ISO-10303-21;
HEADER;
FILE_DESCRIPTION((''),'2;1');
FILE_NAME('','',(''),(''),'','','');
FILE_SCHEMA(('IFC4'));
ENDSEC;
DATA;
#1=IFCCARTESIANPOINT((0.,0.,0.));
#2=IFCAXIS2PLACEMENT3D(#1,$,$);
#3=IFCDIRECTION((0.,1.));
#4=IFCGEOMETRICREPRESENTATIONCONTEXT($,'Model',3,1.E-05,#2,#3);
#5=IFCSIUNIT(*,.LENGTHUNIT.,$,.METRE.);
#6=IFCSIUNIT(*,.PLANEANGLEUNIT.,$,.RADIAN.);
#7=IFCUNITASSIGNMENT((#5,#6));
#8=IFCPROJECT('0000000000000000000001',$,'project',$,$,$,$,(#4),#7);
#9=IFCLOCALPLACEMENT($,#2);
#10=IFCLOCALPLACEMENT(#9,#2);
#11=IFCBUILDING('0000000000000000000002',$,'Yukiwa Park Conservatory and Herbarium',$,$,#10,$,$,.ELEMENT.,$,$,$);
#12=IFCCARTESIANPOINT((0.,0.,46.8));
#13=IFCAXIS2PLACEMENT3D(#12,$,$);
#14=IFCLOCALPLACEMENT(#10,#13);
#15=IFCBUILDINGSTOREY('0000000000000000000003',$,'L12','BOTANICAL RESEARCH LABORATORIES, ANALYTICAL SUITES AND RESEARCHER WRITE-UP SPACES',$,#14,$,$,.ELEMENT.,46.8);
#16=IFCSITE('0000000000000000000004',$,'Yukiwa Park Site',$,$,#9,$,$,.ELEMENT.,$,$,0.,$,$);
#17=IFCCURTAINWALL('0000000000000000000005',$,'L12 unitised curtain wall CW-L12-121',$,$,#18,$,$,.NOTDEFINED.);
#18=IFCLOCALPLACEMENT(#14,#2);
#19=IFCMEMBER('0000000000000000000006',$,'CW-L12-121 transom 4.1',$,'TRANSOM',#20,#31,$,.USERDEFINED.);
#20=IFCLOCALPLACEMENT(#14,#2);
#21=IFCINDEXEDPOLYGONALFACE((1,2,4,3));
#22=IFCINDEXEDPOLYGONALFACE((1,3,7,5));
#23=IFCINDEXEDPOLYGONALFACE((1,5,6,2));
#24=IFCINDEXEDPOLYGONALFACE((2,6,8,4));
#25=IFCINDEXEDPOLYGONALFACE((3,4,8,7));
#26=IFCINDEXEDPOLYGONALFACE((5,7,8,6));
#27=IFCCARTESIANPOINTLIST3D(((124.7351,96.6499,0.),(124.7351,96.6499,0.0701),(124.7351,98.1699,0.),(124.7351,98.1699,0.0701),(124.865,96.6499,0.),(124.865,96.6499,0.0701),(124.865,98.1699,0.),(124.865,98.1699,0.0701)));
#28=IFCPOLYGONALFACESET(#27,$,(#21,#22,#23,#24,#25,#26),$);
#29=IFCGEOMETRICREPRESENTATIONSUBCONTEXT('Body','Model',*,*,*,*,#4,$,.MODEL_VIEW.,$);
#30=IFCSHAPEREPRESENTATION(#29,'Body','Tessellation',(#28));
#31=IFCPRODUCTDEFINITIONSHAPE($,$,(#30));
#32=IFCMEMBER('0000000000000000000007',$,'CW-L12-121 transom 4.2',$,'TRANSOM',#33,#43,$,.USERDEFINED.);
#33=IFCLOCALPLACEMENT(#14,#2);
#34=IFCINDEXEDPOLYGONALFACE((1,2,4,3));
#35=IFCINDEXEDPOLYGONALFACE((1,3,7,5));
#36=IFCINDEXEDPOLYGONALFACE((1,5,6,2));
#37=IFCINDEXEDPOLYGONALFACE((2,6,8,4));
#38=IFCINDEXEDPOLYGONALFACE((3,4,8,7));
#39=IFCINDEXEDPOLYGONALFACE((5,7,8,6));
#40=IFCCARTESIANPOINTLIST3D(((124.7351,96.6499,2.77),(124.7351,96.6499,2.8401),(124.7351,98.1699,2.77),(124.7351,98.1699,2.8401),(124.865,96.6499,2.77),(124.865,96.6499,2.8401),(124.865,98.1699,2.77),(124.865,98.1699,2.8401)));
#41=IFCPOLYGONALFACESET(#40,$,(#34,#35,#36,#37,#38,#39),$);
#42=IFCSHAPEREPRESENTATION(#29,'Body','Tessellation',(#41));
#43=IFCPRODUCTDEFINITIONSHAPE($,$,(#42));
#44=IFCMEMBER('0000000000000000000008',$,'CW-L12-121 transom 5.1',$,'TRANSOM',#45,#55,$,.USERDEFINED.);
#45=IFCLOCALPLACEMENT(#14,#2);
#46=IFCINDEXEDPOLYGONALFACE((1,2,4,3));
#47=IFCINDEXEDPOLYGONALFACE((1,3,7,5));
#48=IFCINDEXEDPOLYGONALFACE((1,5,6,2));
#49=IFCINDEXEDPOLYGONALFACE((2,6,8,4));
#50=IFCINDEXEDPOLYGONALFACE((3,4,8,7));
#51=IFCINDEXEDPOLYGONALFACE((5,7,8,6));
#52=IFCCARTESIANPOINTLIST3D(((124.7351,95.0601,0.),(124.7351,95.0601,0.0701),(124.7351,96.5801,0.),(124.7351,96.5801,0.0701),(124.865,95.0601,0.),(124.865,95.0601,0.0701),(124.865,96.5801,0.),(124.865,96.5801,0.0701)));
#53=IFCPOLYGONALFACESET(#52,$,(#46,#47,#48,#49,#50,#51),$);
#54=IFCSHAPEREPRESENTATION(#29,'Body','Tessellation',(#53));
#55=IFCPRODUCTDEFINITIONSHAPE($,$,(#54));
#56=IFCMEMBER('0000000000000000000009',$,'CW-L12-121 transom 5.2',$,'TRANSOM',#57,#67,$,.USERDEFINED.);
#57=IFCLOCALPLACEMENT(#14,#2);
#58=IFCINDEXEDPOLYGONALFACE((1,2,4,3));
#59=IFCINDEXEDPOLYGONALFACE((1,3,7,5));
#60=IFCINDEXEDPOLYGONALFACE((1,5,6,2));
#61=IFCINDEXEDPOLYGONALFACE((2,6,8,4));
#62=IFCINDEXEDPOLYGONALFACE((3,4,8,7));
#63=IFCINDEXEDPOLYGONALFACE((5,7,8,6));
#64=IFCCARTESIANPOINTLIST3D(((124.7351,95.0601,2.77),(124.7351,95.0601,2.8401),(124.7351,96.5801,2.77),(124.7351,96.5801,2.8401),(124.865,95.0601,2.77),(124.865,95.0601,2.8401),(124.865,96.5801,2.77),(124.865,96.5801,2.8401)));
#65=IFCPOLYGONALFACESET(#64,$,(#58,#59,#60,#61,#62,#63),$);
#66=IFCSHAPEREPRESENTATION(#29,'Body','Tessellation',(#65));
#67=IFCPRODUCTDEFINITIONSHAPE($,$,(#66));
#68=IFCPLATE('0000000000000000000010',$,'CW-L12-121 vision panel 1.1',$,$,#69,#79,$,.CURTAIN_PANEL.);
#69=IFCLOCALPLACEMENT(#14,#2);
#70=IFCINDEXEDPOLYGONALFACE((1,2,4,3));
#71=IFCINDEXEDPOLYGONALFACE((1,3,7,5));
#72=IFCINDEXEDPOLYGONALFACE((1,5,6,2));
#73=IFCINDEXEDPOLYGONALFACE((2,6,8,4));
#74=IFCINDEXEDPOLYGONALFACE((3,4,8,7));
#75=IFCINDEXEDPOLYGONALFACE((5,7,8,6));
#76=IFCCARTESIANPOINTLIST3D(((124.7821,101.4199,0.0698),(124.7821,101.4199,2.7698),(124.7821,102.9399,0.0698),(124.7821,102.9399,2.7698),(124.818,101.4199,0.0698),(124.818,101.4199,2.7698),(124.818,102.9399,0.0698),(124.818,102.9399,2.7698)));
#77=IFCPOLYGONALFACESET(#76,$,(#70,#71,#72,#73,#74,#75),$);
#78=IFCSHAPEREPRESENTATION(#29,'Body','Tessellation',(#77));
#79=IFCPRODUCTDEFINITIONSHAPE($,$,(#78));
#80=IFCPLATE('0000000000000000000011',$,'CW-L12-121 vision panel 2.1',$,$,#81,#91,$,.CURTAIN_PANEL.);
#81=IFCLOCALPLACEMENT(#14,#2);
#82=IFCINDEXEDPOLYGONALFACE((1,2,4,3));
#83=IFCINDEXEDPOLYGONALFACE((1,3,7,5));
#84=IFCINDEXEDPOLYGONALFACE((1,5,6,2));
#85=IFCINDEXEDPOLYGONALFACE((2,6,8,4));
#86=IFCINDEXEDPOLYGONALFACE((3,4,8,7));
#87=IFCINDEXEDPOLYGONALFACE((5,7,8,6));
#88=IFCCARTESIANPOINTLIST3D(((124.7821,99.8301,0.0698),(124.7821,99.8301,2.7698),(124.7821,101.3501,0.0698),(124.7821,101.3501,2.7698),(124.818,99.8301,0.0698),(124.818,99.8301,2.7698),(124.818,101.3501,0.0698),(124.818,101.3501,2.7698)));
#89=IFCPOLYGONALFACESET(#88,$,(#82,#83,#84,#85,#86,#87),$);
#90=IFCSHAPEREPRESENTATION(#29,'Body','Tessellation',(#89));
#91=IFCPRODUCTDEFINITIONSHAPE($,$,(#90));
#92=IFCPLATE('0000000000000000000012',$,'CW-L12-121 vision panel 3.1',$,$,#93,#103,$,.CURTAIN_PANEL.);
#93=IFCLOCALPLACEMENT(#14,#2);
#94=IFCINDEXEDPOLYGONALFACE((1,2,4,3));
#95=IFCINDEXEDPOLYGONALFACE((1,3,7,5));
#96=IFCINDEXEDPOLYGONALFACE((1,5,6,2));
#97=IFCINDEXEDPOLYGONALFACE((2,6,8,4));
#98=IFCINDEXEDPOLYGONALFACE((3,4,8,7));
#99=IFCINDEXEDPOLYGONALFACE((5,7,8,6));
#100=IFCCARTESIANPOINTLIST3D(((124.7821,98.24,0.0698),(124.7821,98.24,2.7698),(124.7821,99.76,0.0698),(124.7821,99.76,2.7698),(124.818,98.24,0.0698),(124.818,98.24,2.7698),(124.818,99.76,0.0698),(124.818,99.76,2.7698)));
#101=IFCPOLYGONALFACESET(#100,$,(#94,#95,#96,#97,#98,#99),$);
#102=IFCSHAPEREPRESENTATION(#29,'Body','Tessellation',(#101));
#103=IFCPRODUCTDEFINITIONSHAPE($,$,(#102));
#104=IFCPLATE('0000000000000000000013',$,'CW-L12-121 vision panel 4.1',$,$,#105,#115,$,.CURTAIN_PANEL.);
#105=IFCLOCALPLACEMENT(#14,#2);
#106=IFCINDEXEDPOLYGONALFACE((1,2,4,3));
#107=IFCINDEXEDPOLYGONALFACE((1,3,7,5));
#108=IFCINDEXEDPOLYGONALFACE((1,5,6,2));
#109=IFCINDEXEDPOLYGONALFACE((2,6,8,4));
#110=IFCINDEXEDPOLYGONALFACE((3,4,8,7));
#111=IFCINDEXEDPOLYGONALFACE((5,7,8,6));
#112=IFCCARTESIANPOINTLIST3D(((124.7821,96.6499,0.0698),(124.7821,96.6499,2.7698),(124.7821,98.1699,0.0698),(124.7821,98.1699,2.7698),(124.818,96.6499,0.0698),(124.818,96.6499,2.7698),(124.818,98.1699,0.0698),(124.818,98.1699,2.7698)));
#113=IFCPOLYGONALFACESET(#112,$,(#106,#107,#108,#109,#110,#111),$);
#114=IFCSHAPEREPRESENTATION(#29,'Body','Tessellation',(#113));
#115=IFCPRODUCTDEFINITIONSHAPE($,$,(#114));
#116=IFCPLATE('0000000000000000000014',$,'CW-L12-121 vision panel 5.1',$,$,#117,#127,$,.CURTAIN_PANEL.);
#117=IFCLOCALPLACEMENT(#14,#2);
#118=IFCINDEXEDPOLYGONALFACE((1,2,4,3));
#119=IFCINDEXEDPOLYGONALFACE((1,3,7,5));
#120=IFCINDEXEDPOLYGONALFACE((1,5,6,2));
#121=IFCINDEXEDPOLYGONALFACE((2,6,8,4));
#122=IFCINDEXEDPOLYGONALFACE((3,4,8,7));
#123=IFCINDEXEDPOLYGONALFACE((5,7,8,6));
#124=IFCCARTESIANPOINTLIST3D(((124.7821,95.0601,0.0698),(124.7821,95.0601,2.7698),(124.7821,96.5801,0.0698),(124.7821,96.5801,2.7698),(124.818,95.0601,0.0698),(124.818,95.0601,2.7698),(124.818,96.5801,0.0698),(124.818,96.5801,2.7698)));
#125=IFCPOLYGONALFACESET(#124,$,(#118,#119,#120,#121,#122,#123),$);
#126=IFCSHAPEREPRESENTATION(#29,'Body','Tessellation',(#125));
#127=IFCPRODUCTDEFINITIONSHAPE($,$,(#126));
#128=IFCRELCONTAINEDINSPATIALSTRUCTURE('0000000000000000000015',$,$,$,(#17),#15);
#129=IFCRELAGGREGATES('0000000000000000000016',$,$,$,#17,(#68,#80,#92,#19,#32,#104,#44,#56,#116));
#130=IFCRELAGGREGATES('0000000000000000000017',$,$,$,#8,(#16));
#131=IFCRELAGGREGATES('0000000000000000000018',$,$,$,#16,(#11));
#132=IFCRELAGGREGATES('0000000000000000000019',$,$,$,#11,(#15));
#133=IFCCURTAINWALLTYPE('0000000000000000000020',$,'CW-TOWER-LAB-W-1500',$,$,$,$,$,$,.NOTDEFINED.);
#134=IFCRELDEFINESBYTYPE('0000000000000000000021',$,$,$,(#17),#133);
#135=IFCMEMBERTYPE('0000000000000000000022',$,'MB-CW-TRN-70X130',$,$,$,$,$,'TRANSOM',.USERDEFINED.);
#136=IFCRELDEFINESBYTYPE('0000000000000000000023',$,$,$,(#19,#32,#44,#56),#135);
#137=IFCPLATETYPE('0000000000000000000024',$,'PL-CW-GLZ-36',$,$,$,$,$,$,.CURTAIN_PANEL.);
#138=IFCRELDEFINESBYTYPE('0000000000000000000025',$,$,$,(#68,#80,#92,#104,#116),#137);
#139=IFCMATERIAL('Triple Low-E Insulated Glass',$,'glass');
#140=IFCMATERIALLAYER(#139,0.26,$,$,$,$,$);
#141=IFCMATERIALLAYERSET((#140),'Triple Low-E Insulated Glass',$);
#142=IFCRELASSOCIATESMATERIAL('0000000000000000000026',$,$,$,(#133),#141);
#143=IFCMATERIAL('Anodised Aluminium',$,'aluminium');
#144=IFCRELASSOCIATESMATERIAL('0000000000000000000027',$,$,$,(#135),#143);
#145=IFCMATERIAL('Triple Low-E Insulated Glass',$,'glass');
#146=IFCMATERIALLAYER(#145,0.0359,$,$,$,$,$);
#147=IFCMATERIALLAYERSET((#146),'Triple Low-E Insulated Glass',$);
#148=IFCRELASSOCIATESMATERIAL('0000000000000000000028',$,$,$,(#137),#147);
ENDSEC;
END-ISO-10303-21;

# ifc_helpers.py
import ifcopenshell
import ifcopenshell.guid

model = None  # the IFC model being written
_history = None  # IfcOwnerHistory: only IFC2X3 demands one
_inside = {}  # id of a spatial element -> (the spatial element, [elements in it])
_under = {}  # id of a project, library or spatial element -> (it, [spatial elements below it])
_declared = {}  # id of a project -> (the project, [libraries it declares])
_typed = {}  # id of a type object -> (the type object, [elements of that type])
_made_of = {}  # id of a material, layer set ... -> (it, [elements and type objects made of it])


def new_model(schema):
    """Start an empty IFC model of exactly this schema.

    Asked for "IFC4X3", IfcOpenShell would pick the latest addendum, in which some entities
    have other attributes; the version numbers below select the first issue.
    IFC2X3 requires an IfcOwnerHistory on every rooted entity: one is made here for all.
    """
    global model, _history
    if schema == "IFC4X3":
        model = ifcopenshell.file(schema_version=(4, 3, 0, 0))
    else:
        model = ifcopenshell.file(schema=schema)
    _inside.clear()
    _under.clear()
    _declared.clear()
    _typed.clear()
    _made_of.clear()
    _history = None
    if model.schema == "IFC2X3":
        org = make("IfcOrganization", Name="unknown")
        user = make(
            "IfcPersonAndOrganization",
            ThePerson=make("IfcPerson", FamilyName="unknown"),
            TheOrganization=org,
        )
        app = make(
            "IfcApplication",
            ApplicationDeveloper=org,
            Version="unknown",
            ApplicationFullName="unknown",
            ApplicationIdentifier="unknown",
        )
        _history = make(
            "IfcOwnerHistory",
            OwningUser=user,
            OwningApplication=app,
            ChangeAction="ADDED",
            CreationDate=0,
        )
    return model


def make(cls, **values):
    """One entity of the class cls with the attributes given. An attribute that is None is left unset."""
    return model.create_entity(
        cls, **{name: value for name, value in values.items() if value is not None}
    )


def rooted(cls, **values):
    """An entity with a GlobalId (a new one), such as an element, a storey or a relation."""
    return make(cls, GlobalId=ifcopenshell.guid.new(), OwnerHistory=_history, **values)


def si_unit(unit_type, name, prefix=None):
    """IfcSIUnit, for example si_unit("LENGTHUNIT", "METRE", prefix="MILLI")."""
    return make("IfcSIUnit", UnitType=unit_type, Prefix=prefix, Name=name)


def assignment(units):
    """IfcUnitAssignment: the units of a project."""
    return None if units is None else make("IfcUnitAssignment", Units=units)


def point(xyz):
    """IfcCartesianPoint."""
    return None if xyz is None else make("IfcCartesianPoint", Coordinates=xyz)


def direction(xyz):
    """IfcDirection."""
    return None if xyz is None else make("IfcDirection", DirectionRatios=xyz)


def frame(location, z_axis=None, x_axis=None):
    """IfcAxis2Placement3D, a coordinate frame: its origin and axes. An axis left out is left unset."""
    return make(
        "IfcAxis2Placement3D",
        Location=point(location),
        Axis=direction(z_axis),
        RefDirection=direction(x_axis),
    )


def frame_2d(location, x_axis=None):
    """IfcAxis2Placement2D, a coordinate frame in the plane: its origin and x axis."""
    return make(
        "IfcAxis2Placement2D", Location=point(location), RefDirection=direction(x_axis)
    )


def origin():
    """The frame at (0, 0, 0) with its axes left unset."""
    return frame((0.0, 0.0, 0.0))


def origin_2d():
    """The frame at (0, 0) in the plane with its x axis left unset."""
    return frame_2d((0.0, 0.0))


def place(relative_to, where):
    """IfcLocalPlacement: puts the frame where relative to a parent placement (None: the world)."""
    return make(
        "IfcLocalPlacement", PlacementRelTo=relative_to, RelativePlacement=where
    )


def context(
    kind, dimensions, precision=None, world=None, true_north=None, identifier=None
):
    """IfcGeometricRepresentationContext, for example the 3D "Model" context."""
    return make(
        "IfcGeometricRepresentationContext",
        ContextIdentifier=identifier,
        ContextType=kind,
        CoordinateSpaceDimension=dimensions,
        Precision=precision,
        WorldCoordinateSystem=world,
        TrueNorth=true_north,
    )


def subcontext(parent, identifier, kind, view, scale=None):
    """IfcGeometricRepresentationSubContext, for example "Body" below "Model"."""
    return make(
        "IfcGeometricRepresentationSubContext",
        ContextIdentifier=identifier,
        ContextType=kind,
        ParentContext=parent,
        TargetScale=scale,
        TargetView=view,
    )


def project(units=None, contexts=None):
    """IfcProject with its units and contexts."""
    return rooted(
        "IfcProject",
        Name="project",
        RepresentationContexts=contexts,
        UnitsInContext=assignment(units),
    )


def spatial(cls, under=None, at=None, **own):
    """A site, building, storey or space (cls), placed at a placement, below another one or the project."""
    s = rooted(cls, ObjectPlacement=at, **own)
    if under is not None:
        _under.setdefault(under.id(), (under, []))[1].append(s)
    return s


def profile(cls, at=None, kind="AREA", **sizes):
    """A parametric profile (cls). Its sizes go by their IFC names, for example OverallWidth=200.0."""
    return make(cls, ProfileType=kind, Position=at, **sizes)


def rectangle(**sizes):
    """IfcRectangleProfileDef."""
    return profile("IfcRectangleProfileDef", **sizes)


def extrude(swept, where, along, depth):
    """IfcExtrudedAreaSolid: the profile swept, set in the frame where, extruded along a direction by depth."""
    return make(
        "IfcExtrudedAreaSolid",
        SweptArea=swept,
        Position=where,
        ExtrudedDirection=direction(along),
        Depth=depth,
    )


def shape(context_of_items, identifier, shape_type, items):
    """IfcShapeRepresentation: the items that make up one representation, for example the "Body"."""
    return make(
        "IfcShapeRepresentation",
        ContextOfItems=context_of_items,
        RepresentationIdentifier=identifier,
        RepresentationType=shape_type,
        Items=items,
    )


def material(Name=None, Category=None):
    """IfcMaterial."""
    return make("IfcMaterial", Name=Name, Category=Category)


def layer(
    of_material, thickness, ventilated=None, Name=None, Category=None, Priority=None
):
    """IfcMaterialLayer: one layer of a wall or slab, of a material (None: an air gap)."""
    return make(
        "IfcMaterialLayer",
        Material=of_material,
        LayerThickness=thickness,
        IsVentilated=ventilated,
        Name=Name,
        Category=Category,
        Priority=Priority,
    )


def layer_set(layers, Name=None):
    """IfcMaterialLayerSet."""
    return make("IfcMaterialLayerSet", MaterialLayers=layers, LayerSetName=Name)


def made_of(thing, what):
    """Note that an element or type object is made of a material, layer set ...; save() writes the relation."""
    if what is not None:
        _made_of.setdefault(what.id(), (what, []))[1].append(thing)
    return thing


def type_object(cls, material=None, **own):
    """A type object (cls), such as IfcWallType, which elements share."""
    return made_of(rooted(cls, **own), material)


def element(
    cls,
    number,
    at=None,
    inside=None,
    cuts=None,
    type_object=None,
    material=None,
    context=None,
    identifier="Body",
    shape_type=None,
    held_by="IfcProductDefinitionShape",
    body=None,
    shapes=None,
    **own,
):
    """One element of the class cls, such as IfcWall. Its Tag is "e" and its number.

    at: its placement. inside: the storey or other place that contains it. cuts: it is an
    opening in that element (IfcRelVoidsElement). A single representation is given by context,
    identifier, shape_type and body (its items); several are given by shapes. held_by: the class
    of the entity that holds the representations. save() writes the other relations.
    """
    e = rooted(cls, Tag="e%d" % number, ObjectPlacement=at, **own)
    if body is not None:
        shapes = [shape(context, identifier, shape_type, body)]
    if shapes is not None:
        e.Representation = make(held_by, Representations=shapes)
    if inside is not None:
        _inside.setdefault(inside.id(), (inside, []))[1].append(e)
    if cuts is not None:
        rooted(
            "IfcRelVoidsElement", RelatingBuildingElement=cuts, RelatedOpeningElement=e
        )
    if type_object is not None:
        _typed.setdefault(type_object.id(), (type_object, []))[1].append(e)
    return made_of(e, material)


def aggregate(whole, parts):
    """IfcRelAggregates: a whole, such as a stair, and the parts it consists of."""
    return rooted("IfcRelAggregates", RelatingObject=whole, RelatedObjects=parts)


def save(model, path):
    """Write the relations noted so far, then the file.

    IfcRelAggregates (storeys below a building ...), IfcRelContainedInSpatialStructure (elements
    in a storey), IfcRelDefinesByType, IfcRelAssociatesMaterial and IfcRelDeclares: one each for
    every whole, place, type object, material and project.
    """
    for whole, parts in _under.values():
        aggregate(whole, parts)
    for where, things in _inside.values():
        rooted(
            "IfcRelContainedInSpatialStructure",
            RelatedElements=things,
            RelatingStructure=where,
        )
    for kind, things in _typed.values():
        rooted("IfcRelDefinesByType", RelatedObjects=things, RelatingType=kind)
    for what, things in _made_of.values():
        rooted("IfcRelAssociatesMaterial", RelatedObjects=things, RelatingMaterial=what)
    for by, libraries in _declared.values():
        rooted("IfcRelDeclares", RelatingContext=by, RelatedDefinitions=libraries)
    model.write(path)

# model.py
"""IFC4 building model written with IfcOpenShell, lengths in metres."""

from ifc_helpers import new_model, si_unit, direction, frame, origin, origin_2d, place, context, subcontext, project, spatial, rectangle, extrude, material, layer, layer_set, type_object, element, aggregate, save


model = new_model("IFC4")

# Units and contexts
model_context = context("Model", 3, precision=1e-05, world=origin(), true_north=direction((0.0, 1.0)))
body_context = subcontext(model_context, "Body", "Model", "MODEL_VIEW")
ifc_project = project(units=[si_unit("LENGTHUNIT", "METRE"), si_unit("PLANEANGLEUNIT", "RADIAN")], contexts=[model_context])

# Site, building, storey
site_placement = place(None, origin())
site = spatial("IfcSite", under=ifc_project, at=site_placement, Name="Yukiwa Park Site", CompositionType="ELEMENT", RefElevation=0.0)
building_placement = place(site_placement, origin())
building = spatial("IfcBuilding", under=site, at=building_placement, Name="Yukiwa Park Conservatory and Herbarium", CompositionType="ELEMENT")
storey_placement = place(building_placement, frame((0.0, 0.0, 46.8)))
storey = spatial("IfcBuildingStorey", under=building, at=storey_placement, Name="L12", Description="BOTANICAL RESEARCH LABORATORIES, ANALYTICAL SUITES AND RESEARCHER WRITE-UP SPACES", CompositionType="ELEMENT", Elevation=46.8)

# Curtain wall
ifc_material_1 = material(Name="Triple Low-E Insulated Glass", Category="glass")
ifc_layer_1 = layer(ifc_material_1, 0.26)
ifc_layer_set_1 = layer_set([ifc_layer_1], Name="Triple Low-E Insulated Glass")
curtain_wall_type = type_object("IfcCurtainWallType", Name="CW-TOWER-LAB-W-1500", PredefinedType="NOTDEFINED", material=ifc_layer_set_1)
curtain_wall_1_placement = place(storey_placement, origin())
curtain_wall_1 = element("IfcCurtainWall", 1, at=curtain_wall_1_placement, inside=storey, type_object=curtain_wall_type, Name="L12 unitised curtain wall CW-L12-121", PredefinedType="NOTDEFINED")

# Members
ifc_material_2 = material(Name="Anodised Aluminium", Category="aluminium")
member_type_1 = type_object("IfcMemberType", Name="MB-CW-TRN-70X130", ElementType="TRANSOM", PredefinedType="USERDEFINED", material=ifc_material_2)
member_1_placement = place(storey_placement, frame((124.8, 97.4099, 0.0), z_axis=(0.0, 0.0, 1.0), x_axis=(0.0, -1.0, 0.0)))
member_1 = element("IfcMember", 2, at=member_1_placement, type_object=member_type_1, Name="CW-L12-121 transom 4.1", ObjectType="TRANSOM", PredefinedType="USERDEFINED", context=body_context, shape_type="SweptSolid", body=[
    extrude(rectangle(XDim=1.52, YDim=0.1299, at=origin_2d()), origin(), (0.0, 0.0, 1.0), 0.0701),
])
member_2_placement = place(storey_placement, frame((124.8, 97.4099, 2.77), z_axis=(0.0, 0.0, 1.0), x_axis=(0.0, -1.0, 0.0)))
member_2 = element("IfcMember", 3, at=member_2_placement, type_object=member_type_1, Name="CW-L12-121 transom 4.2", ObjectType="TRANSOM", PredefinedType="USERDEFINED", context=body_context, shape_type="SweptSolid", body=[
    extrude(rectangle(XDim=1.52, YDim=0.1299, at=origin_2d()), origin(), (0.0, 0.0, 1.0), 0.0701),
])
member_3_placement = place(storey_placement, frame((124.8, 95.8201, 0.0), z_axis=(0.0, 0.0, 1.0), x_axis=(0.0, -1.0, 0.0)))
member_3 = element("IfcMember", 4, at=member_3_placement, type_object=member_type_1, Name="CW-L12-121 transom 5.1", ObjectType="TRANSOM", PredefinedType="USERDEFINED", context=body_context, shape_type="SweptSolid", body=[
    extrude(rectangle(XDim=1.52, YDim=0.1299, at=origin_2d()), origin(), (0.0, 0.0, 1.0), 0.0701),
])
member_4_placement = place(storey_placement, frame((124.8, 95.8201, 2.77), z_axis=(0.0, 0.0, 1.0), x_axis=(0.0, -1.0, 0.0)))
member_4 = element("IfcMember", 5, at=member_4_placement, type_object=member_type_1, Name="CW-L12-121 transom 5.2", ObjectType="TRANSOM", PredefinedType="USERDEFINED", context=body_context, shape_type="SweptSolid", body=[
    extrude(rectangle(XDim=1.52, YDim=0.1299, at=origin_2d()), origin(), (0.0, 0.0, 1.0), 0.0701),
])

# Plates
ifc_material_3 = material(Name="Triple Low-E Insulated Glass", Category="glass")
ifc_layer_2 = layer(ifc_material_3, 0.0359)
ifc_layer_set_2 = layer_set([ifc_layer_2], Name="Triple Low-E Insulated Glass")
plate_type = type_object("IfcPlateType", Name="PL-CW-GLZ-36", PredefinedType="CURTAIN_PANEL", material=ifc_layer_set_2)
plate_1_placement = place(storey_placement, frame((124.8, 102.1799, 0.0698), z_axis=(0.0, 0.0, 1.0), x_axis=(0.0, -1.0, 0.0)))
plate_1 = element("IfcPlate", 6, at=plate_1_placement, type_object=plate_type, Name="CW-L12-121 vision panel 1.1", PredefinedType="CURTAIN_PANEL", context=body_context, shape_type="SweptSolid", body=[
    extrude(rectangle(XDim=1.52, YDim=0.0359, at=origin_2d()), origin(), (0.0, 0.0, 1.0), 2.7),
])
plate_2_placement = place(storey_placement, frame((124.8, 100.5901, 0.0698), z_axis=(0.0, 0.0, 1.0), x_axis=(0.0, -1.0, 0.0)))
plate_2 = element("IfcPlate", 7, at=plate_2_placement, type_object=plate_type, Name="CW-L12-121 vision panel 2.1", PredefinedType="CURTAIN_PANEL", context=body_context, shape_type="SweptSolid", body=[
    extrude(rectangle(XDim=1.52, YDim=0.0359, at=origin_2d()), origin(), (0.0, 0.0, 1.0), 2.7),
])
plate_3_placement = place(storey_placement, frame((124.8, 99.0, 0.0698), z_axis=(0.0, 0.0, 1.0), x_axis=(0.0, -1.0, 0.0)))
plate_3 = element("IfcPlate", 8, at=plate_3_placement, type_object=plate_type, Name="CW-L12-121 vision panel 3.1", PredefinedType="CURTAIN_PANEL", context=body_context, shape_type="SweptSolid", body=[
    extrude(rectangle(XDim=1.52, YDim=0.0359, at=origin_2d()), origin(), (0.0, 0.0, 1.0), 2.7),
])
plate_4_placement = place(storey_placement, frame((124.8, 97.4099, 0.0698), z_axis=(0.0, 0.0, 1.0), x_axis=(0.0, -1.0, 0.0)))
plate_4 = element("IfcPlate", 9, at=plate_4_placement, type_object=plate_type, Name="CW-L12-121 vision panel 4.1", PredefinedType="CURTAIN_PANEL", context=body_context, shape_type="SweptSolid", body=[
    extrude(rectangle(XDim=1.52, YDim=0.0359, at=origin_2d()), origin(), (0.0, 0.0, 1.0), 2.7),
])
plate_5_placement = place(storey_placement, frame((124.8, 95.8201, 0.0698), z_axis=(0.0, 0.0, 1.0), x_axis=(0.0, -1.0, 0.0)))
plate_5 = element("IfcPlate", 10, at=plate_5_placement, type_object=plate_type, Name="CW-L12-121 vision panel 5.1", PredefinedType="CURTAIN_PANEL", context=body_context, shape_type="SweptSolid", body=[
    extrude(rectangle(XDim=1.52, YDim=0.0359, at=origin_2d()), origin(), (0.0, 0.0, 1.0), 2.7),
])
aggregate(curtain_wall_1, [plate_1, plate_2, plate_3, member_1, member_2, plate_4, member_3, member_4, plate_5])

save(model, "model.ifc")
